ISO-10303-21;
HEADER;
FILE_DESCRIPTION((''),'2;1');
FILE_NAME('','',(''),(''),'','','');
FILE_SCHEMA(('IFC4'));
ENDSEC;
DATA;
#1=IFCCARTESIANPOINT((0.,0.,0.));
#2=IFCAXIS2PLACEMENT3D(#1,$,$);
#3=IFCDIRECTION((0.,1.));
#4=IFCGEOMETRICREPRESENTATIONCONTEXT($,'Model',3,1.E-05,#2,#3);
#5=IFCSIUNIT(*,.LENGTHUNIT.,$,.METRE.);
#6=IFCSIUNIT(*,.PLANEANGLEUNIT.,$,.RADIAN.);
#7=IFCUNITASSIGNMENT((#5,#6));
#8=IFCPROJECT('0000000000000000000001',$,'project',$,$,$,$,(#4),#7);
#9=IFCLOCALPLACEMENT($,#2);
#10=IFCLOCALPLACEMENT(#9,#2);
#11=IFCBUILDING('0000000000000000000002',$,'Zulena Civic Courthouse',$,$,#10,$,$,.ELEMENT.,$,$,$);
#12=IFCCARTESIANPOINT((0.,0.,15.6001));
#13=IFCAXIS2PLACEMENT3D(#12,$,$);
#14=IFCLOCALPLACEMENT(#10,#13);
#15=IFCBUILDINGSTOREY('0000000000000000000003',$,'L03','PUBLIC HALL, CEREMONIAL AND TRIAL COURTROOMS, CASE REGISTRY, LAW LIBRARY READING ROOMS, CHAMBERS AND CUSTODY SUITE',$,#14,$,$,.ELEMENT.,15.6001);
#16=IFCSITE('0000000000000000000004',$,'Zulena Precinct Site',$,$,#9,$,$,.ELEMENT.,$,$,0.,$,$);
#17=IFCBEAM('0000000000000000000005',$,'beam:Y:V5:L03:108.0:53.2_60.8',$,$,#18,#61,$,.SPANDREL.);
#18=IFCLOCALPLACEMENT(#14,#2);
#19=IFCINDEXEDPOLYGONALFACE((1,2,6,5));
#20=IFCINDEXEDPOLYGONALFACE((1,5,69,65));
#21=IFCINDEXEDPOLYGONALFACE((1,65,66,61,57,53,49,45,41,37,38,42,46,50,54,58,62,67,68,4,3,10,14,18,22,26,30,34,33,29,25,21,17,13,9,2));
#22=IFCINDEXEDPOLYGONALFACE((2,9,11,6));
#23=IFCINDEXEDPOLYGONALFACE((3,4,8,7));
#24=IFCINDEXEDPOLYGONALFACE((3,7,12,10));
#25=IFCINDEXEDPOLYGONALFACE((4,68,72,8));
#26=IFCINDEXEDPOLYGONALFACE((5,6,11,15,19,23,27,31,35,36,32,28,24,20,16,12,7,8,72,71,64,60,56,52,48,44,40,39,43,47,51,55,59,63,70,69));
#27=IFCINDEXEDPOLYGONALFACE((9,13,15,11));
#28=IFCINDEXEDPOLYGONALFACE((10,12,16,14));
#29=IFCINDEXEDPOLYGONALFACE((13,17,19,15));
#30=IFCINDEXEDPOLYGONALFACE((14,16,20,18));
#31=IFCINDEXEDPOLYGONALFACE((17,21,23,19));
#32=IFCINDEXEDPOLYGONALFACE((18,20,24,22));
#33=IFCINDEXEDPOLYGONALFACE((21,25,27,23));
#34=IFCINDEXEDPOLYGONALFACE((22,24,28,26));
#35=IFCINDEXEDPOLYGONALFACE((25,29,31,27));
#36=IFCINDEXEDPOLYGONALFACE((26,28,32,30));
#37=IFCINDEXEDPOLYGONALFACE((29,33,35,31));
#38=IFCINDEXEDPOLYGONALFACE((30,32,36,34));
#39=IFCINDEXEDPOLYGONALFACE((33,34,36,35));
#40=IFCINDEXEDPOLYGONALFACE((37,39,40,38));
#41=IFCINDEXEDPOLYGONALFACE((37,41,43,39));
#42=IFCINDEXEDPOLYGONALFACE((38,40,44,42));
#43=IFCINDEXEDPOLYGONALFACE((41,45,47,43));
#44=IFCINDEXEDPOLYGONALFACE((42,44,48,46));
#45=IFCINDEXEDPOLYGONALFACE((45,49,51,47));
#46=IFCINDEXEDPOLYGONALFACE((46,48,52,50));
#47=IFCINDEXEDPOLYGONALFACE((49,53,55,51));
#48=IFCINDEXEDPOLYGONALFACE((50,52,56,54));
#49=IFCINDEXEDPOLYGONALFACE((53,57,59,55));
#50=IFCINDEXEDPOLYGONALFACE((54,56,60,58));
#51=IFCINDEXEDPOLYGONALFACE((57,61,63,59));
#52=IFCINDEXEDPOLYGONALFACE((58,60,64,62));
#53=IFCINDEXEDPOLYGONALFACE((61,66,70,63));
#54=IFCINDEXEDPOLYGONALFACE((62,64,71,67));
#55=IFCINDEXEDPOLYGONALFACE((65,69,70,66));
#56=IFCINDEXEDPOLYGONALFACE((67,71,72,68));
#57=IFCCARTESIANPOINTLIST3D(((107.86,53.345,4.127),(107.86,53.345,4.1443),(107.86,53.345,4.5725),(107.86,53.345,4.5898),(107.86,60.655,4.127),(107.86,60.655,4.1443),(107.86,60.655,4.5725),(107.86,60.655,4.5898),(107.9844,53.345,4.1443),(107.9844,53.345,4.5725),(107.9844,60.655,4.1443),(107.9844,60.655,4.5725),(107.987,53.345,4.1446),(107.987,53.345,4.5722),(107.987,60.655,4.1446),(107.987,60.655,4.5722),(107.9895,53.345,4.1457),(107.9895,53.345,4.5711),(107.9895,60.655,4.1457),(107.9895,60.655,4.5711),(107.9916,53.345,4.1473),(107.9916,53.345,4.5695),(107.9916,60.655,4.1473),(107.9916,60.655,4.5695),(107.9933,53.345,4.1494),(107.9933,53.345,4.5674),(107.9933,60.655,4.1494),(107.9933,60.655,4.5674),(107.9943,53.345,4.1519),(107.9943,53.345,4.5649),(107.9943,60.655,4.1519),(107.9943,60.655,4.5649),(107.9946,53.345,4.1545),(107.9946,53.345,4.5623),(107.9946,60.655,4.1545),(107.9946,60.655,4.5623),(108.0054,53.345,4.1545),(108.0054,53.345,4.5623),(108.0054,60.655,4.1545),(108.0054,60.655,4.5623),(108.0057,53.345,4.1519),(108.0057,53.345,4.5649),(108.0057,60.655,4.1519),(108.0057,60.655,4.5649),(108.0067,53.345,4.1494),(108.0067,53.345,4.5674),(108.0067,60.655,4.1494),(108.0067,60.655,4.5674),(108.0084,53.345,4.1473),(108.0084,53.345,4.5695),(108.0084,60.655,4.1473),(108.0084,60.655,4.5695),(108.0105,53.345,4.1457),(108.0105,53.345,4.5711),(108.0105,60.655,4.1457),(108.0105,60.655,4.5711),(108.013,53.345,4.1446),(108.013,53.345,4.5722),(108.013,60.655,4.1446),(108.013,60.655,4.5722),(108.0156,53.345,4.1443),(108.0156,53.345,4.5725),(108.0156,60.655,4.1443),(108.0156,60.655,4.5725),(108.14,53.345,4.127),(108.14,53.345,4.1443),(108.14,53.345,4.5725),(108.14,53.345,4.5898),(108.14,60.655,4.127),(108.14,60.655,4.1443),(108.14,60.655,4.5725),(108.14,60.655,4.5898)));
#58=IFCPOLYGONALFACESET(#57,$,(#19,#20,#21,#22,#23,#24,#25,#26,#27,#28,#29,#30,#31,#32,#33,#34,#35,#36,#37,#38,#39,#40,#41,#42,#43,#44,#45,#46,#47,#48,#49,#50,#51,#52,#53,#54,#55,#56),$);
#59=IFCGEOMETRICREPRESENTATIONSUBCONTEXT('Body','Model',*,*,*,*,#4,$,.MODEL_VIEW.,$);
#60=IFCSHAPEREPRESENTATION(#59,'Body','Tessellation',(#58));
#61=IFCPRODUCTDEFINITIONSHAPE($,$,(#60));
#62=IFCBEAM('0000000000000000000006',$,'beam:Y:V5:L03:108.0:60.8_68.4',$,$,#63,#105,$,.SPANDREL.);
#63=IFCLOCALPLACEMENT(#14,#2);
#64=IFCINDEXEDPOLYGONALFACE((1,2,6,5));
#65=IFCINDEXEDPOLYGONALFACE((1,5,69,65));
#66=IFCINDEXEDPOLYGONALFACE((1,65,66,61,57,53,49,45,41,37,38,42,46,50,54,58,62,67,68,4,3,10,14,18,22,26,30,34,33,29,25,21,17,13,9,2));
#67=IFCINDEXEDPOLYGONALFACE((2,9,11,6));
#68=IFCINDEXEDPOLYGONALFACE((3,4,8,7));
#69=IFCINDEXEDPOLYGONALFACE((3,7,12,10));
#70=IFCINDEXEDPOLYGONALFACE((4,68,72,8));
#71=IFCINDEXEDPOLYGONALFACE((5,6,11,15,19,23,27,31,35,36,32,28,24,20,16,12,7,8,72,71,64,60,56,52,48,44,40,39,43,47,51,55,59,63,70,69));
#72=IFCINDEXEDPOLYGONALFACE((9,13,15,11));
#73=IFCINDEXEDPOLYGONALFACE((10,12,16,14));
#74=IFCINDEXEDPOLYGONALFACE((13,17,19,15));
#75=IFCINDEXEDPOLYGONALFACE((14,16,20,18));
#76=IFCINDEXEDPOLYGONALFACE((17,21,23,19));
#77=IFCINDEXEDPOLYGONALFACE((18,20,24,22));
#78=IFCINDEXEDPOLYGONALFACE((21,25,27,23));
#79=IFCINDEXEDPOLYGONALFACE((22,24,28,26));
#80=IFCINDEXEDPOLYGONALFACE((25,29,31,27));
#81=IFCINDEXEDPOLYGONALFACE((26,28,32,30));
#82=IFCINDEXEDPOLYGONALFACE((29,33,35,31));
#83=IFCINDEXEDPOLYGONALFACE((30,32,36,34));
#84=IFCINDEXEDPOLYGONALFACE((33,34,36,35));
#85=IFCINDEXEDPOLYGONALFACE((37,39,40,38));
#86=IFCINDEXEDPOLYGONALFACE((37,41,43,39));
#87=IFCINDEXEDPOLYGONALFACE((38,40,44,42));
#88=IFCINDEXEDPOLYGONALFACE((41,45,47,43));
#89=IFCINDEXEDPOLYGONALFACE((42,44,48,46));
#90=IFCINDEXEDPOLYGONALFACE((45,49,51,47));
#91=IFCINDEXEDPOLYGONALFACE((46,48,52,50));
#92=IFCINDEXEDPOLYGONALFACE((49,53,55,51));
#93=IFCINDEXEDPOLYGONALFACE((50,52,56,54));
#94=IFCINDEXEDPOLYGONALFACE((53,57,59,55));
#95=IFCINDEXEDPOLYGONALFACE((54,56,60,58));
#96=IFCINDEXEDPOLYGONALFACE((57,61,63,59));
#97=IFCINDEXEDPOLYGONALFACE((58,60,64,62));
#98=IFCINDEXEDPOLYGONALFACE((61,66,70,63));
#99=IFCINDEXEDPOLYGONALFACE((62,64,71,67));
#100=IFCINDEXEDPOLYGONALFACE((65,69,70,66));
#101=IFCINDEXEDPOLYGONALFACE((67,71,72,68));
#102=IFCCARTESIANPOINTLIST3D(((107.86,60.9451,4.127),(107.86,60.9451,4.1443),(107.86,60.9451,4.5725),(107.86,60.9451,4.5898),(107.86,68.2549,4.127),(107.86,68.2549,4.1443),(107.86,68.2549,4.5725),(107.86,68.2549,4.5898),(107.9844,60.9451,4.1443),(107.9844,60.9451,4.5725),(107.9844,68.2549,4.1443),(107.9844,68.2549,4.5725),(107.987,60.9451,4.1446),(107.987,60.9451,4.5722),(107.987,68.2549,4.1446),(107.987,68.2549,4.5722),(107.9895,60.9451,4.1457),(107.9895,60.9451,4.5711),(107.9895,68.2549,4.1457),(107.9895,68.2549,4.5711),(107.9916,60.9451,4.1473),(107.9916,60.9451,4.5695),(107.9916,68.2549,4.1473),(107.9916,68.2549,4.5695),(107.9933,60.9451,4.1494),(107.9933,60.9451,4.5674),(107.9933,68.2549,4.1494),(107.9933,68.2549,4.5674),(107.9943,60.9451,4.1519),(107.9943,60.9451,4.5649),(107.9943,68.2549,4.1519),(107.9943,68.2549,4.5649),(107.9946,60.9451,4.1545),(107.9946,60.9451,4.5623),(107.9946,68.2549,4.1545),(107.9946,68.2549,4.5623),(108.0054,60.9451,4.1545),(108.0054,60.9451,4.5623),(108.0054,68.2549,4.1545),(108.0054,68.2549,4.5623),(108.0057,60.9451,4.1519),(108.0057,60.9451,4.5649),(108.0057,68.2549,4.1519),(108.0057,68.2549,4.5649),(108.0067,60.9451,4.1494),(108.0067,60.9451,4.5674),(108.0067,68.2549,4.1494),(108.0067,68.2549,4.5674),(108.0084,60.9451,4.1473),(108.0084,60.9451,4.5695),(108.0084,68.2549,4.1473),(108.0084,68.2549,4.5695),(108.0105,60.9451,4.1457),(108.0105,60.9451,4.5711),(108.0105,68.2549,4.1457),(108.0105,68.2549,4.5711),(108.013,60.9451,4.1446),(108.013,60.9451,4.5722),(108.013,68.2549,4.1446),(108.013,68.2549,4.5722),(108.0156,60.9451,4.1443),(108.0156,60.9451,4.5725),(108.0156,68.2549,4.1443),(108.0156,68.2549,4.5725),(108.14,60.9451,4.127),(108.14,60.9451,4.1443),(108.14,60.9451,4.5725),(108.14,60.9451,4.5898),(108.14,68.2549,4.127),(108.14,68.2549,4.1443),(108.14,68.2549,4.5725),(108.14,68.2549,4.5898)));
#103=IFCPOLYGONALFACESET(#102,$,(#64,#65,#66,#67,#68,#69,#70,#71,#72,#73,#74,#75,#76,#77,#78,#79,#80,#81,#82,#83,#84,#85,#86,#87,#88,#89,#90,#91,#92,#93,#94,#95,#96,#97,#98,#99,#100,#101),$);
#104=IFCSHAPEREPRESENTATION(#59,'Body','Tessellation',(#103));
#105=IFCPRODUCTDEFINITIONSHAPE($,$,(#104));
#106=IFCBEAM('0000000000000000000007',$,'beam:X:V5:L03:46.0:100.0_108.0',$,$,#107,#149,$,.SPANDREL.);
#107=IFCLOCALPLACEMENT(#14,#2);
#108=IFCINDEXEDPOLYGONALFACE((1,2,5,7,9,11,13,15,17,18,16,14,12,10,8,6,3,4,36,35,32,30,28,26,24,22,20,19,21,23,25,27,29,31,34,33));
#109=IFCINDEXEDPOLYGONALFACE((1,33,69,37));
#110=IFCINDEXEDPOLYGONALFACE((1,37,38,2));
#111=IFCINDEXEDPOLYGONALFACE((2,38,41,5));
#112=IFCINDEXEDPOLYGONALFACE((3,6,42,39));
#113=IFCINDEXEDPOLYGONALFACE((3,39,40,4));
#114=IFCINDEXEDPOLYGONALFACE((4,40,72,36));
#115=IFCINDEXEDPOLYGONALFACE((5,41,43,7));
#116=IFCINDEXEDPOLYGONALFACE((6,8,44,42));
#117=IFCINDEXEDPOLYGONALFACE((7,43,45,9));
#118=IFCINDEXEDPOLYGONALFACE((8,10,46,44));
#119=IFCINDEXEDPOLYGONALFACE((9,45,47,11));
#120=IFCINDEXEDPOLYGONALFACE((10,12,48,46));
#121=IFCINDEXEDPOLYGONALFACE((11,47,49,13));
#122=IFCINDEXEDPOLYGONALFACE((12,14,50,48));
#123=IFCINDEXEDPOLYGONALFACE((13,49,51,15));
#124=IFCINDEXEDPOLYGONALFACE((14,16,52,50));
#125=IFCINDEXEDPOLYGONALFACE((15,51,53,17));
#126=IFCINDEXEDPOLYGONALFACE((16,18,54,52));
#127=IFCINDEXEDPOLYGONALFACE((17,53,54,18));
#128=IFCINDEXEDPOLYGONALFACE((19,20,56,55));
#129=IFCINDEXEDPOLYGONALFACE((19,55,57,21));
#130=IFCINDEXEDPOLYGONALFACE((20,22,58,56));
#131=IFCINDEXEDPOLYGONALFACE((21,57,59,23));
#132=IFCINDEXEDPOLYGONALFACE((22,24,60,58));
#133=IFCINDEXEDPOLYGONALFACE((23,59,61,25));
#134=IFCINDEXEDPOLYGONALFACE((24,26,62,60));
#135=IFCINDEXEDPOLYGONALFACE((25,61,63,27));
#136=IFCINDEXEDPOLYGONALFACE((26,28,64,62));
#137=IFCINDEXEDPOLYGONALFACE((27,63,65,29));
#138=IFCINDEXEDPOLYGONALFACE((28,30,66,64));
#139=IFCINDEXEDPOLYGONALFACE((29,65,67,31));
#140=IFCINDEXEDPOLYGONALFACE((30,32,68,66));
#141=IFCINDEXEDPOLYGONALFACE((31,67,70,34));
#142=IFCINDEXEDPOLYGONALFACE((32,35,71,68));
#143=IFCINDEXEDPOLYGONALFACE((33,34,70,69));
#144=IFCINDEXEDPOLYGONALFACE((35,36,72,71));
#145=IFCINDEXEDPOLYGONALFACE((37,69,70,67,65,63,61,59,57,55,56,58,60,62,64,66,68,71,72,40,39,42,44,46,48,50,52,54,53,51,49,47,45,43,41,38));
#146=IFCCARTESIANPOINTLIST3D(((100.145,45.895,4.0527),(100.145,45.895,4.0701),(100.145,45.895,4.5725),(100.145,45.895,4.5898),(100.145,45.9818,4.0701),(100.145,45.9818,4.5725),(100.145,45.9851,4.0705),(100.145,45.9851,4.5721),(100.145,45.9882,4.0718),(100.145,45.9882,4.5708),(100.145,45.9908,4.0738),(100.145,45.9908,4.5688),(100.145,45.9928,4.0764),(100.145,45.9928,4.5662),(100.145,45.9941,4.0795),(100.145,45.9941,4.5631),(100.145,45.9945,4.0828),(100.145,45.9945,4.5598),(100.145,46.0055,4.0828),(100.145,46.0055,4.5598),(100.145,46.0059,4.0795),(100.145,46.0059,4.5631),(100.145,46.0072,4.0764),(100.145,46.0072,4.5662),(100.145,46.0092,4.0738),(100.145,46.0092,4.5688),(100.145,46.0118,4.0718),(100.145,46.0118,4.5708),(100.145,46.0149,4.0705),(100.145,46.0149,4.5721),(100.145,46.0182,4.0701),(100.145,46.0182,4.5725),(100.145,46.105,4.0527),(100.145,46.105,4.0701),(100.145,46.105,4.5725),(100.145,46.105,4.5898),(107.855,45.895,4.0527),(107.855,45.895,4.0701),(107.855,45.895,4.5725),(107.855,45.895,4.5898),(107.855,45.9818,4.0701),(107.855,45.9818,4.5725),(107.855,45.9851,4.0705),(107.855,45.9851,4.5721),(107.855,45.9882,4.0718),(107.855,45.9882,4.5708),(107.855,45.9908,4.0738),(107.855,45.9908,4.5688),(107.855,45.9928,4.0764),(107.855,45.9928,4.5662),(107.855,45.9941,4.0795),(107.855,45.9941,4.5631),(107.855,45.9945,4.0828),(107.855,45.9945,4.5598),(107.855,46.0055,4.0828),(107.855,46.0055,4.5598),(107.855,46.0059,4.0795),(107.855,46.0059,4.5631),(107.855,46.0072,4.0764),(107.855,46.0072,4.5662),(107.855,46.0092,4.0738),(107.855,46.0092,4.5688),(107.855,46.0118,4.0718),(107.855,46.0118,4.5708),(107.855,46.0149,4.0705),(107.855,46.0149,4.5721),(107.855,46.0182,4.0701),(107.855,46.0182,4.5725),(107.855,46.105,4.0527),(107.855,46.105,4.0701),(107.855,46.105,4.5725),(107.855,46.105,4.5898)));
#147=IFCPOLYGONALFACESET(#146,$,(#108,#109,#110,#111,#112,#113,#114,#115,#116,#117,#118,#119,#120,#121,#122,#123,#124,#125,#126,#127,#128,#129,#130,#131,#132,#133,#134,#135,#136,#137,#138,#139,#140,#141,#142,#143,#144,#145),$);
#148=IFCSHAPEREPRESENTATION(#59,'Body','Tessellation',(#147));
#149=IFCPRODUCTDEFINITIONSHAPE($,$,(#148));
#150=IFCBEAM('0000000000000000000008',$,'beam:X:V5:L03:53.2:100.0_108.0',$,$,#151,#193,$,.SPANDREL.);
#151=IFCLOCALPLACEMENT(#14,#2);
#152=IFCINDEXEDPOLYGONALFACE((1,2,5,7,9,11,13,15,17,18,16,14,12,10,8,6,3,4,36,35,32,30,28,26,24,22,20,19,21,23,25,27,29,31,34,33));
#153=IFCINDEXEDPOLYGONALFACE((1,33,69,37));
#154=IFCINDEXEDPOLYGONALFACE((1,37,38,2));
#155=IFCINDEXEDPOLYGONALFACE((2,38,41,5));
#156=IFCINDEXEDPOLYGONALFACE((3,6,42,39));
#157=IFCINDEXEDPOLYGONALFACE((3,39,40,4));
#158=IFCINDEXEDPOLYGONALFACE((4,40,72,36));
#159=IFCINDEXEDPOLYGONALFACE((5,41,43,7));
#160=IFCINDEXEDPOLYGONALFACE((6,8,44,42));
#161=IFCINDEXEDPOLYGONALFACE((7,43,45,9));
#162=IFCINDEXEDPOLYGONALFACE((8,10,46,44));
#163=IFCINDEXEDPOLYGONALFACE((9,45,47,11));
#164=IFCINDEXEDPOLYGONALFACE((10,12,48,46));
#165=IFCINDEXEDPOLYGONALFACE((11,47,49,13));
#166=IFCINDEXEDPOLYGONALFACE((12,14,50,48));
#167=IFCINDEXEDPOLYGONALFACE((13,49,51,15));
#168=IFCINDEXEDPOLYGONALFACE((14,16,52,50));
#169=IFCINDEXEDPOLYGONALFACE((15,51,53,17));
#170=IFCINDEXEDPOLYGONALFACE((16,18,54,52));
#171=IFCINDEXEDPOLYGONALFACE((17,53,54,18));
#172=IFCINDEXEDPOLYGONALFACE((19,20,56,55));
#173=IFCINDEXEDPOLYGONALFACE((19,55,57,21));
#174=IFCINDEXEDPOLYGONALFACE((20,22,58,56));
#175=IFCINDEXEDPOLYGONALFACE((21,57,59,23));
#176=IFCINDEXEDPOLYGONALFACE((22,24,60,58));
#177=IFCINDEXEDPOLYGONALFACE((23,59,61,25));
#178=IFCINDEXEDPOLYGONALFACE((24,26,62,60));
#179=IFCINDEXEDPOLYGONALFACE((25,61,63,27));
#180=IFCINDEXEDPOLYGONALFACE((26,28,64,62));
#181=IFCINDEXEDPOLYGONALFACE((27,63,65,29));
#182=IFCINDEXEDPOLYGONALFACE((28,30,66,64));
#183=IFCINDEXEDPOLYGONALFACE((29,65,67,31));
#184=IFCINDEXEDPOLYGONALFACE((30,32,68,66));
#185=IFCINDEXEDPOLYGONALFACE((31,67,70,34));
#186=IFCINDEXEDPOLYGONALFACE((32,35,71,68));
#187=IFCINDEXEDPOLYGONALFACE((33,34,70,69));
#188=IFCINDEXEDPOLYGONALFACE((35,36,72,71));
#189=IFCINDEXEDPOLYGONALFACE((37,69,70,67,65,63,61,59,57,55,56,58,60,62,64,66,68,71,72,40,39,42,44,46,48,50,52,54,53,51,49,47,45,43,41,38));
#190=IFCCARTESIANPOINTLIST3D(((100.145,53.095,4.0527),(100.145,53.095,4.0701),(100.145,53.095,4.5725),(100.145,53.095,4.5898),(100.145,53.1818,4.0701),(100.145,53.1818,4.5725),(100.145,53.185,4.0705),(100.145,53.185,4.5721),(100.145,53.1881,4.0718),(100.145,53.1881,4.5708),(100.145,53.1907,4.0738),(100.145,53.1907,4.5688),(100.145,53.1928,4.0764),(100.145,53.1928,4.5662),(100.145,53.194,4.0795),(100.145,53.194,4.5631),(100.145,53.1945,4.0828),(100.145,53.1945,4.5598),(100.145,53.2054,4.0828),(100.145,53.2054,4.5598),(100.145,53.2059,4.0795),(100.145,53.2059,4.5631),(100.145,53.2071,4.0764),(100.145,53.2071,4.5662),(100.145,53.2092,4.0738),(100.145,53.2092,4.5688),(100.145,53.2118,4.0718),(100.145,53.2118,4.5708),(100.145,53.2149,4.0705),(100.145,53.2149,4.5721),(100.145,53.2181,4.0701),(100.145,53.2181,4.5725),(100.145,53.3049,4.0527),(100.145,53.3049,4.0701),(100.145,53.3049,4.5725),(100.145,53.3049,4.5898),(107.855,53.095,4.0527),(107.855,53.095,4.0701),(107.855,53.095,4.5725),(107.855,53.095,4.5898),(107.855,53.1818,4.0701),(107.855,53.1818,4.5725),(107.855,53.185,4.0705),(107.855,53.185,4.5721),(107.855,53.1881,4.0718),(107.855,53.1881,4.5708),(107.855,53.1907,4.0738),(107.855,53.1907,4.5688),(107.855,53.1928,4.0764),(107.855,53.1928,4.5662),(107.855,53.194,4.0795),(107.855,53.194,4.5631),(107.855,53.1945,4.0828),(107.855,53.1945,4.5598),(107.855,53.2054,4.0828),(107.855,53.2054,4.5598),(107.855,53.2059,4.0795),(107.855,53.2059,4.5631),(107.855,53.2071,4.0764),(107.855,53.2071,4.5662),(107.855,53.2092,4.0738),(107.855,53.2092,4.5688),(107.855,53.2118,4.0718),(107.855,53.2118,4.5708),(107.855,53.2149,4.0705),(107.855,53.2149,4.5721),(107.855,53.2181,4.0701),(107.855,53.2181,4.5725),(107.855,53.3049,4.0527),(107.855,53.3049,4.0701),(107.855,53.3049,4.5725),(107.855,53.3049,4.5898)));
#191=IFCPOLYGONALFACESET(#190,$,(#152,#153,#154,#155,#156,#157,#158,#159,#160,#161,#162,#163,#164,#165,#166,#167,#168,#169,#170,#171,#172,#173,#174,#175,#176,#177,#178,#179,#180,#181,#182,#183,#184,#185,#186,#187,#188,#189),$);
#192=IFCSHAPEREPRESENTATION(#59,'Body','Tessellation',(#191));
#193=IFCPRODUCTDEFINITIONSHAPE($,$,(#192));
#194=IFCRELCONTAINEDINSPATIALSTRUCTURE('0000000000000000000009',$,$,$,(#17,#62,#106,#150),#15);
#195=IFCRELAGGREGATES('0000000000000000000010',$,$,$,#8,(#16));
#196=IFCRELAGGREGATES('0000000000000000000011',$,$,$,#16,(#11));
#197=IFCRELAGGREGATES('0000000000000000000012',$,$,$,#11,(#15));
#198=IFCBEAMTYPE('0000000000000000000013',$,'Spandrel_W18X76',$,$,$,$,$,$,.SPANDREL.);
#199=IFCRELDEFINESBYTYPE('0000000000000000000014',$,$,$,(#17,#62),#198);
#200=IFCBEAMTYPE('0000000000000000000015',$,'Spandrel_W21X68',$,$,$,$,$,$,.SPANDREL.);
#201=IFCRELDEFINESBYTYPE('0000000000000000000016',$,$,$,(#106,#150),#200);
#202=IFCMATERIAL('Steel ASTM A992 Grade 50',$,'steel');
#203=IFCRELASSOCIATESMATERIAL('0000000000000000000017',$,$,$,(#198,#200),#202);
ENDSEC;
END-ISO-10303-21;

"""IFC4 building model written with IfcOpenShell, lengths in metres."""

from ifc_helpers import new_model, si_unit, direction, frame, origin, origin_2d, place, context, subcontext, project, spatial, i_section, extrude, material, material_profile, profile_set, type_object, element, save


model = new_model("IFC4")

# Units and contexts
model_context = context("Model", 3, precision=1e-05, world=origin(), true_north=direction((0.0, 1.0)))
body_context = subcontext(model_context, "Body", "Model", "MODEL_VIEW")
ifc_project = project(units=[si_unit("LENGTHUNIT", "METRE"), si_unit("PLANEANGLEUNIT", "RADIAN")], contexts=[model_context])

# Site, building, storey
site_placement = place(None, origin())
site = spatial("IfcSite", under=ifc_project, at=site_placement, Name="Zulena Precinct Site", CompositionType="ELEMENT", RefElevation=0.0)
building_placement = place(site_placement, origin())
building = spatial("IfcBuilding", under=site, at=building_placement, Name="Zulena Civic Courthouse", CompositionType="ELEMENT")
storey_placement = place(building_placement, frame((0.0, 0.0, 15.6001)))
storey = spatial("IfcBuildingStorey", under=building, at=storey_placement, Name="L03", Description="PUBLIC HALL, CEREMONIAL AND TRIAL COURTROOMS, CASE REGISTRY, LAW LIBRARY READING ROOMS, CHAMBERS AND CUSTODY SUITE", CompositionType="ELEMENT", Elevation=15.6001)

# Shared definitions
ifc_material_1 = material(Name="Steel ASTM A992 Grade 50", Category="steel")

# Beams
ifc_material_profile_1 = material_profile(ifc_material_1, i_section(OverallWidth=0.28, OverallDepth=0.4629, WebThickness=0.0107, FlangeThickness=0.0173, FilletRadius=0.0103, at=origin_2d()), Name="W18X76")
ifc_profile_set_1 = profile_set([ifc_material_profile_1], Name="Steel ASTM A992 Grade 50")
beam_type_1 = type_object("IfcBeamType", Name="Spandrel_W18X76", PredefinedType="SPANDREL", material=ifc_profile_set_1)
beam_1_placement = place(storey_placement, frame((108.0, 53.345, 4.3584), z_axis=(0.0, 1.0, 0.0), x_axis=(-1.0, 0.0, 0.0)))
element("IfcBeam", 1, at=beam_1_placement, inside=storey, type_object=beam_type_1, Name="beam:Y:V5:L03:108.0:53.2_60.8", PredefinedType="SPANDREL", context=body_context, shape_type="SweptSolid", body=[
    extrude(i_section(OverallWidth=0.28, OverallDepth=0.4629, WebThickness=0.0107, FlangeThickness=0.0173, FilletRadius=0.0103, at=origin_2d()), origin(), (0.0, 0.0, 1.0), 7.3101),
])
beam_2_placement = place(storey_placement, frame((108.0, 60.9451, 4.3584), z_axis=(0.0, 1.0, 0.0), x_axis=(-1.0, 0.0, 0.0)))
element("IfcBeam", 2, at=beam_2_placement, inside=storey, type_object=beam_type_1, Name="beam:Y:V5:L03:108.0:60.8_68.4", PredefinedType="SPANDREL", context=body_context, shape_type="SweptSolid", body=[
    extrude(i_section(OverallWidth=0.28, OverallDepth=0.4629, WebThickness=0.0107, FlangeThickness=0.0173, FilletRadius=0.0103, at=origin_2d()), origin(), (0.0, 0.0, 1.0), 7.3098),
])
ifc_material_profile_2 = material_profile(ifc_material_1, i_section(OverallWidth=0.21, OverallDepth=0.5371, WebThickness=0.011, FlangeThickness=0.0173, FilletRadius=0.0127, at=origin_2d()), Name="W21X68")
ifc_profile_set_2 = profile_set([ifc_material_profile_2], Name="Steel ASTM A992 Grade 50")
beam_type_2 = type_object("IfcBeamType", Name="Spandrel_W21X68", PredefinedType="SPANDREL", material=ifc_profile_set_2)
for number, where, z_axis, x_axis, name in (
    (3, (100.145, 46.0, 4.3213), (1.0, 0.0, 0.0), (0.0, 1.0, 0.0), "beam:X:V5:L03:46.0:100.0_108.0"),
    (4, (100.145, 53.2, 4.3213), (1.0, 0.0, 0.0), (0.0, 1.0, 0.0), "beam:X:V5:L03:53.2:100.0_108.0"),
):
    element("IfcBeam", number, at=place(storey_placement, frame(where, z_axis=z_axis, x_axis=x_axis)), inside=storey, type_object=beam_type_2, Name=name, PredefinedType="SPANDREL", context=body_context, shape_type="SweptSolid", body=[
        extrude(i_section(OverallWidth=0.21, OverallDepth=0.5371, WebThickness=0.011, FlangeThickness=0.0173, FilletRadius=0.0127, at=origin_2d()), origin(), (0.0, 0.0, 1.0), 7.71),
    ])

save(model, "model.ifc")
